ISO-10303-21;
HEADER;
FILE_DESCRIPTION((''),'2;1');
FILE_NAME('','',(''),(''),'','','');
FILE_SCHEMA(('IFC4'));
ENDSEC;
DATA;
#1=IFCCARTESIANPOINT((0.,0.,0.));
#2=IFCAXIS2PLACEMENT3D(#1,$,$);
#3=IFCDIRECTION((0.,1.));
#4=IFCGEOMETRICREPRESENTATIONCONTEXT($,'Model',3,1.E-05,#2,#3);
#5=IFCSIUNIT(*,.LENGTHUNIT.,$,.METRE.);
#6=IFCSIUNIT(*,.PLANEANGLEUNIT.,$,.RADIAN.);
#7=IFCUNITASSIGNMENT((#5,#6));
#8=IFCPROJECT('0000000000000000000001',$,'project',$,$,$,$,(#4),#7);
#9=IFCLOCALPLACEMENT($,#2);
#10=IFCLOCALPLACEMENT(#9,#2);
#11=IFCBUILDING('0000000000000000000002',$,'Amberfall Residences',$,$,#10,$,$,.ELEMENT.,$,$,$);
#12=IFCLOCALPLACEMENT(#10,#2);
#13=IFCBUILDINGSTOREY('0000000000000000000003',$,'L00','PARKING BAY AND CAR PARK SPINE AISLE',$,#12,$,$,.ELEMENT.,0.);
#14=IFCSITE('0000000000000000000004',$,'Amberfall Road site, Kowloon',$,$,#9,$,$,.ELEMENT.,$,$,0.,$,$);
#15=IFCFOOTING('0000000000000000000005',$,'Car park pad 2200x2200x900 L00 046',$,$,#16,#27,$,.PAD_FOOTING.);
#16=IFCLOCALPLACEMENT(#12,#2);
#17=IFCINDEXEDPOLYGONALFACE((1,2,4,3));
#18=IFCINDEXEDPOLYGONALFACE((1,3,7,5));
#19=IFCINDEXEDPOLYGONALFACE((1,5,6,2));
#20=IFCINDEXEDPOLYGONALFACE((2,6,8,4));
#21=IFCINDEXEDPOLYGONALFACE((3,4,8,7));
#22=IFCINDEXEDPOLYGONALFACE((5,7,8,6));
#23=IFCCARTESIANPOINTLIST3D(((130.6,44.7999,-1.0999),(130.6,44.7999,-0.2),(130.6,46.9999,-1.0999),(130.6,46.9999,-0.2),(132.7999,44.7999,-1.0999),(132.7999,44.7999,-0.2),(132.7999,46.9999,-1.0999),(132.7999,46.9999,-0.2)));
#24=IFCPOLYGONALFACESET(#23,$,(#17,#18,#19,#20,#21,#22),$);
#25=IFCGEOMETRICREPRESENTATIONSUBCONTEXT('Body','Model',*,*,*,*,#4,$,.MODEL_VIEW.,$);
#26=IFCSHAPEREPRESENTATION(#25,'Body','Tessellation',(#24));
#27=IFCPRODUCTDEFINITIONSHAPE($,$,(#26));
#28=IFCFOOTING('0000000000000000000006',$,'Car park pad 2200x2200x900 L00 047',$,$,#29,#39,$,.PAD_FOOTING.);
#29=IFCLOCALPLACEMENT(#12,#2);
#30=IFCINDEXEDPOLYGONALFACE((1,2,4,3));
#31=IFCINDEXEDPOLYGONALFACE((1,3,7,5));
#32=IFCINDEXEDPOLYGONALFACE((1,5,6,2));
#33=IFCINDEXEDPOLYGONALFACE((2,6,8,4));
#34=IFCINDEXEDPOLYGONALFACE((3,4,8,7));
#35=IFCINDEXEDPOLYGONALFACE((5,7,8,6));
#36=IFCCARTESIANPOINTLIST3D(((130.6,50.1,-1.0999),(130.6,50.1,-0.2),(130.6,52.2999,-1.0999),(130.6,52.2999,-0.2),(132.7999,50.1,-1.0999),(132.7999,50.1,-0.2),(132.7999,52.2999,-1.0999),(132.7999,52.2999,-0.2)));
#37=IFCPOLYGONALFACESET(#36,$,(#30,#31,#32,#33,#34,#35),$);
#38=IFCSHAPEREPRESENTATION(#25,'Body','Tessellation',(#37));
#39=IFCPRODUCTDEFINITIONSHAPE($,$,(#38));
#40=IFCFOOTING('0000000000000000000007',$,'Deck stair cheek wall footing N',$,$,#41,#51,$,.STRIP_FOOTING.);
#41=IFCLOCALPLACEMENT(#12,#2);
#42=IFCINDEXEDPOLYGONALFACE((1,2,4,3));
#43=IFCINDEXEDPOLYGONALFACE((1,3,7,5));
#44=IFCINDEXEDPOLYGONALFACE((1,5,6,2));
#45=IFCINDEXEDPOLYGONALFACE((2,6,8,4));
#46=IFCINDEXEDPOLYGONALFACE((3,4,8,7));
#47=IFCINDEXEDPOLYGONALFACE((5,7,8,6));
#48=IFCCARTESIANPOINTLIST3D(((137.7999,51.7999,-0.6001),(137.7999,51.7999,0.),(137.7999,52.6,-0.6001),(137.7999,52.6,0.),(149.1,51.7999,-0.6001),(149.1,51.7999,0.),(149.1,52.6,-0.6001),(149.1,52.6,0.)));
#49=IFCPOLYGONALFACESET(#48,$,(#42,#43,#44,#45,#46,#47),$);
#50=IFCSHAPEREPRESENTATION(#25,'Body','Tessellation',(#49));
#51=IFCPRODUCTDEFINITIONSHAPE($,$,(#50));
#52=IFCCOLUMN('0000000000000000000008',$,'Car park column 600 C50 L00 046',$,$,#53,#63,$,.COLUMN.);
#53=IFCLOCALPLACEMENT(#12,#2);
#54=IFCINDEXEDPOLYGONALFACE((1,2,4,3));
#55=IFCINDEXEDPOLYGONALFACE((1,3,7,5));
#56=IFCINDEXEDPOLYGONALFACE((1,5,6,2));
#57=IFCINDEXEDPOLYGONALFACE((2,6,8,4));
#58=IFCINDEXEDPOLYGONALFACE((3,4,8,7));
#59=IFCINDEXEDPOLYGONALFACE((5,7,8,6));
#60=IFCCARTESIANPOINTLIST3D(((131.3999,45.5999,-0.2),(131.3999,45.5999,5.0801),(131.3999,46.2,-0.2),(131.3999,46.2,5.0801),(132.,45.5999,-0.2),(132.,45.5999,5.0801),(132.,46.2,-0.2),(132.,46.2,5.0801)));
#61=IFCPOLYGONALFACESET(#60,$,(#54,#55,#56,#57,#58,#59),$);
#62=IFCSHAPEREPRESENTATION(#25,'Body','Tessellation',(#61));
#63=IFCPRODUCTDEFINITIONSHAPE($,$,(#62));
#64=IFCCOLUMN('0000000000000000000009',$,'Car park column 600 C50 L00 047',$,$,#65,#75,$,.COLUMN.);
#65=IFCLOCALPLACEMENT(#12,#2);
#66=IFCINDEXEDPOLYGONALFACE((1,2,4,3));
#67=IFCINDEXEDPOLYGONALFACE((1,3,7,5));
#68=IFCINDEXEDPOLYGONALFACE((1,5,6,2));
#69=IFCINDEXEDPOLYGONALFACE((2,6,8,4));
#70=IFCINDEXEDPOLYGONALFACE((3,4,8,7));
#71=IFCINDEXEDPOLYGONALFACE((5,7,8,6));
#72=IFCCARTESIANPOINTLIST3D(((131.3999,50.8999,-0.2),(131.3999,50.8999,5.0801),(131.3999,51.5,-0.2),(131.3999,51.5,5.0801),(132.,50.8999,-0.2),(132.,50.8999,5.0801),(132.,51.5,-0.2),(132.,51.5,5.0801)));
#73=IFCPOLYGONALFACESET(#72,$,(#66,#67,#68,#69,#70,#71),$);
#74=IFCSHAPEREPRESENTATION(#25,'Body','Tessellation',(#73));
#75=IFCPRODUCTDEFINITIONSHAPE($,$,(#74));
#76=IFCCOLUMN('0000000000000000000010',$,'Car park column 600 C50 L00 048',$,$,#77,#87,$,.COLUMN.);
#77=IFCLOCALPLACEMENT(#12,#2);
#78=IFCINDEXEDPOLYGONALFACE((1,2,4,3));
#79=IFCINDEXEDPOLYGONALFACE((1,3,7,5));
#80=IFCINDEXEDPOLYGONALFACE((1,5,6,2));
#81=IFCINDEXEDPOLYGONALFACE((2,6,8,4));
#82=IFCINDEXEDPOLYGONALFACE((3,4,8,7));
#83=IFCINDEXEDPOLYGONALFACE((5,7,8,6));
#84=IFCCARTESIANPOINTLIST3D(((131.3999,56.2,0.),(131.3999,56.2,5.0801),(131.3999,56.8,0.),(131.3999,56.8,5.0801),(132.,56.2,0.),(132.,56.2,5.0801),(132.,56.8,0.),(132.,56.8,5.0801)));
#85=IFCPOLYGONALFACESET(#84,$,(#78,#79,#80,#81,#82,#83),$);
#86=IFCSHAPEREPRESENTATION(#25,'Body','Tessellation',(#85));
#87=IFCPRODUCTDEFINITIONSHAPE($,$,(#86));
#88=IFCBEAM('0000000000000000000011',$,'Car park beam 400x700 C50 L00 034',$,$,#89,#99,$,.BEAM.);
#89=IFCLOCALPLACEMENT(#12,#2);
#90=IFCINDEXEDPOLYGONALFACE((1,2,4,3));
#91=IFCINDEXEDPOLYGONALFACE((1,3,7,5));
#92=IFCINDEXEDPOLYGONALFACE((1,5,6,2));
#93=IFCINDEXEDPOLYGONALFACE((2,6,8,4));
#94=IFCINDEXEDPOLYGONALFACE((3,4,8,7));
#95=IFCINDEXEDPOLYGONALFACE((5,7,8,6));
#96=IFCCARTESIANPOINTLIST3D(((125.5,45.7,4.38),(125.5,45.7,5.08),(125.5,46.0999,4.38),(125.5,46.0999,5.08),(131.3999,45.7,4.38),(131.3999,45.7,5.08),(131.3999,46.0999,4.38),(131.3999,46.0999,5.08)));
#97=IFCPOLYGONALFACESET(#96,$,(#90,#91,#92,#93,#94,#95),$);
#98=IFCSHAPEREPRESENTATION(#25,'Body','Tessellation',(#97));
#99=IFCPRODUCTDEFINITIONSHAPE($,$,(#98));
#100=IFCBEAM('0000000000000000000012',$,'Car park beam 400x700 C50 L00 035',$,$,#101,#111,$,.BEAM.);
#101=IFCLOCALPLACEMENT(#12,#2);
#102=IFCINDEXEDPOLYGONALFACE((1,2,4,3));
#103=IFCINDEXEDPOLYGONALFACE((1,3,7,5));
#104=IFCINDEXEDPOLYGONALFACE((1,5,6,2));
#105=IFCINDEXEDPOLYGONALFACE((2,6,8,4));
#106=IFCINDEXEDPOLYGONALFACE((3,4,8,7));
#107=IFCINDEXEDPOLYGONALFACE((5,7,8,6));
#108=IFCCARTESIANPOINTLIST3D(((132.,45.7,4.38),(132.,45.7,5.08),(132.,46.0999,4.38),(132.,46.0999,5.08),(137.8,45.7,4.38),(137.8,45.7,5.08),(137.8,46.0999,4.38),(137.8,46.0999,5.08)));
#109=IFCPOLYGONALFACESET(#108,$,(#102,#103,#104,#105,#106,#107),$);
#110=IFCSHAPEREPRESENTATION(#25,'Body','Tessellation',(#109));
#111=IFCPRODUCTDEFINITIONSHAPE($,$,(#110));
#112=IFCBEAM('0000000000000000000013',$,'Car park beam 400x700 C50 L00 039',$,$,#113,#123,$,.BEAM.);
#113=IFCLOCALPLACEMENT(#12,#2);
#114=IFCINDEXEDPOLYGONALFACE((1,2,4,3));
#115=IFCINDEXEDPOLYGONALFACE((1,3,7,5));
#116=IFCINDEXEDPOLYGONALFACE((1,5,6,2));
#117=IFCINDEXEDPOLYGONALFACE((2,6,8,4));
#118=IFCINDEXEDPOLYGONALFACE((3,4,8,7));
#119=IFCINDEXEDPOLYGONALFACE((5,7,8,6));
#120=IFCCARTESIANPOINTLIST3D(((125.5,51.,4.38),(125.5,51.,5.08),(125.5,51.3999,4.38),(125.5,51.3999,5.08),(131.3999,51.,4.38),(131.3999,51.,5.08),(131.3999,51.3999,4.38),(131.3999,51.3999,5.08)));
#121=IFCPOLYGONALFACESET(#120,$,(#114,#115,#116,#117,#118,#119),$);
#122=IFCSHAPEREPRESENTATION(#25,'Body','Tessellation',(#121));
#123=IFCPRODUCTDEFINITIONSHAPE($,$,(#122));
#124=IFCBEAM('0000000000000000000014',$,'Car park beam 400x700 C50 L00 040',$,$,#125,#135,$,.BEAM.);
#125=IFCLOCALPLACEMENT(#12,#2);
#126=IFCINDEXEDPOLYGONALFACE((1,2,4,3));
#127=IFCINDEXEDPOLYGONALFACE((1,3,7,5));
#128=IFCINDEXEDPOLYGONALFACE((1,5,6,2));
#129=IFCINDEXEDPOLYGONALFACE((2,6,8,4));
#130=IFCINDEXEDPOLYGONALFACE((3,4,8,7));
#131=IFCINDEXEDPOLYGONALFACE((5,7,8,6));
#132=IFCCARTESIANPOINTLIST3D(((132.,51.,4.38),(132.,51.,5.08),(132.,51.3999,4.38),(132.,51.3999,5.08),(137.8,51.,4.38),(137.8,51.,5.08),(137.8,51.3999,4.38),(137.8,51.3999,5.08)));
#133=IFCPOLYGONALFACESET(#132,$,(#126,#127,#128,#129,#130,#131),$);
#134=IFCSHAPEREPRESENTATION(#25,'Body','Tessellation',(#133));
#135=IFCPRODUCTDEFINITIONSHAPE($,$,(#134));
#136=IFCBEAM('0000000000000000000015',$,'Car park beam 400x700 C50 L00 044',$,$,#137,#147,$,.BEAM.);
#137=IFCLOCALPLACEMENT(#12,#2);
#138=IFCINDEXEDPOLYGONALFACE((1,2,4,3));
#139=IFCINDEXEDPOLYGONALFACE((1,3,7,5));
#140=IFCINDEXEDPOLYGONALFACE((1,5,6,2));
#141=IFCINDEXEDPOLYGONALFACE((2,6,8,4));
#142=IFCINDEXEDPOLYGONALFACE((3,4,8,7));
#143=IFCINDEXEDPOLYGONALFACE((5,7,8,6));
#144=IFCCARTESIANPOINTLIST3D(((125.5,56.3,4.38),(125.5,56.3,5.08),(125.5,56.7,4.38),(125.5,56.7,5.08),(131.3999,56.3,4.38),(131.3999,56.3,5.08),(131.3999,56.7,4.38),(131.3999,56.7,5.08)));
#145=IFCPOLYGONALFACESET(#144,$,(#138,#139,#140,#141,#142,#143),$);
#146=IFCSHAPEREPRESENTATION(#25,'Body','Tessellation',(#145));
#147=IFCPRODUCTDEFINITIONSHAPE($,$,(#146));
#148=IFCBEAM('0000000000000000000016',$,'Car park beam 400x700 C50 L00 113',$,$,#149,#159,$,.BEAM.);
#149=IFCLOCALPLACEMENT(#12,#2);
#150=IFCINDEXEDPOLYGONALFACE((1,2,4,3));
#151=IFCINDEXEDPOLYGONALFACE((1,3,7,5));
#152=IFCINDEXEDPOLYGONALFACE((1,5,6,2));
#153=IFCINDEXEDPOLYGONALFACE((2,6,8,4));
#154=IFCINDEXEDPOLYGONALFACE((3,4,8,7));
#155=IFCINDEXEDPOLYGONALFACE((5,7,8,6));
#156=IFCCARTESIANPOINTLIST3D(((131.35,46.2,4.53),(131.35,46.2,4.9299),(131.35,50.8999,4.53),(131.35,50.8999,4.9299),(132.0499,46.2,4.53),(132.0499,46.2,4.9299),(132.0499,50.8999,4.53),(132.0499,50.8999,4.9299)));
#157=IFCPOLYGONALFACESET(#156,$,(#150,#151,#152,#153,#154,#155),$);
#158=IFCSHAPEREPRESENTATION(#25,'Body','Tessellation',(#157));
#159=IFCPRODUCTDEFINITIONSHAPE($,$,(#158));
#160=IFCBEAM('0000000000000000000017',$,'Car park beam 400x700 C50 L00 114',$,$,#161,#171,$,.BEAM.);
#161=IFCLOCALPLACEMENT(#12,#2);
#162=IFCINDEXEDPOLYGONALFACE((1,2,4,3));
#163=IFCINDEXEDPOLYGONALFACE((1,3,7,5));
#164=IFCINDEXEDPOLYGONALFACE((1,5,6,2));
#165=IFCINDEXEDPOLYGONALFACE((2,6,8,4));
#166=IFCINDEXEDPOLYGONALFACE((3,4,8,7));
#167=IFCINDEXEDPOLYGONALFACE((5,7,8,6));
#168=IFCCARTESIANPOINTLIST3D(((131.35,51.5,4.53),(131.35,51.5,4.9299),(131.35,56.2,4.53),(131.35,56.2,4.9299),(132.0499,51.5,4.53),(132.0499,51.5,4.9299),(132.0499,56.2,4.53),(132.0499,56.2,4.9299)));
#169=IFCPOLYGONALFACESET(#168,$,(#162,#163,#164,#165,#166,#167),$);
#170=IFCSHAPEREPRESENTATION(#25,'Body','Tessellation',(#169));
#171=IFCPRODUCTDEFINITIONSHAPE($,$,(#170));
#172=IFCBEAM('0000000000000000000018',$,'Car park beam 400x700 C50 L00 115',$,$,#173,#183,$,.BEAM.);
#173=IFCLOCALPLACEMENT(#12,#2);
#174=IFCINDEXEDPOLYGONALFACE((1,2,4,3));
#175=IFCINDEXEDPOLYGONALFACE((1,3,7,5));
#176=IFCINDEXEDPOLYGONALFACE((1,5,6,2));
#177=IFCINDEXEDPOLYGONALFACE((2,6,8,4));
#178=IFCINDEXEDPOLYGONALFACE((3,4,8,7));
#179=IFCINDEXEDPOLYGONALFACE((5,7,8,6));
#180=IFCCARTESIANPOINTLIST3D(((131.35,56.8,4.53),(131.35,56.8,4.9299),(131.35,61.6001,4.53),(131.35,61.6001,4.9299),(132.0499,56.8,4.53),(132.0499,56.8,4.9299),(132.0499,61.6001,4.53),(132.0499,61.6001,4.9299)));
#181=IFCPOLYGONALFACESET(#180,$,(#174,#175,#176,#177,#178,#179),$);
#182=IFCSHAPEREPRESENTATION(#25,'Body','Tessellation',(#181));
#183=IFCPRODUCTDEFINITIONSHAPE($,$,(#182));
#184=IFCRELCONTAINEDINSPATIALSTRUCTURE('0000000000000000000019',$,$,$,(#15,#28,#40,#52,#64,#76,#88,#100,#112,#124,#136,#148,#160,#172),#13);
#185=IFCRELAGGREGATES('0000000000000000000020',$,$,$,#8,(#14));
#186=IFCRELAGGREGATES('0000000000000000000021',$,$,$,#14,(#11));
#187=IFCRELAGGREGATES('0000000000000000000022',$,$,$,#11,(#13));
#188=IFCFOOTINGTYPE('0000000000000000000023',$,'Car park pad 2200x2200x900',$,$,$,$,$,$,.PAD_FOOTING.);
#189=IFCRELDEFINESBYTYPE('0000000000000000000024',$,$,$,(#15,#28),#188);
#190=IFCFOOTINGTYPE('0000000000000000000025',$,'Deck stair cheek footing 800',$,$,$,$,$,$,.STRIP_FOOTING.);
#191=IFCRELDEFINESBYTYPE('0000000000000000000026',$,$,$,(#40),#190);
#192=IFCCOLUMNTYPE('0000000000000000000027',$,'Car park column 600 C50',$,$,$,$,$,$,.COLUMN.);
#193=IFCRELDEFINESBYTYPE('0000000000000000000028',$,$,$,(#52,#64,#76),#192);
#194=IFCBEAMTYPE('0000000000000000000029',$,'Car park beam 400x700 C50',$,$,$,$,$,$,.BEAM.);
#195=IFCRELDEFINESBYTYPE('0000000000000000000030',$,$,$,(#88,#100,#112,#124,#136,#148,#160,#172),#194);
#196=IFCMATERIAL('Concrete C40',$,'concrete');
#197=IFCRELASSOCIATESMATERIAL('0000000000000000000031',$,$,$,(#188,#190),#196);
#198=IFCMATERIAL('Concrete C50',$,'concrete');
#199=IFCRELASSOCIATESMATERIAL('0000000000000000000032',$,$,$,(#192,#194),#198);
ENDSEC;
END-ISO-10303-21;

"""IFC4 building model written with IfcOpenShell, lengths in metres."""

from ifc_helpers import new_model, si_unit, direction, frame, origin, origin_2d, place, context, subcontext, project, spatial, rectangle, extrude, material, material_profile, profile_set, type_object, element, save


model = new_model("IFC4")

# Units and contexts
model_context = context("Model", 3, precision=1e-05, world=origin(), true_north=direction((0.0, 1.0)))
body_context = subcontext(model_context, "Body", "Model", "MODEL_VIEW")
ifc_project = project(units=[si_unit("LENGTHUNIT", "METRE"), si_unit("PLANEANGLEUNIT", "RADIAN")], contexts=[model_context])

# Site, building, storey
site_placement = place(None, origin())
site = spatial("IfcSite", under=ifc_project, at=site_placement, Name="Amberfall Road site, Kowloon", CompositionType="ELEMENT", RefElevation=0.0)
building_placement = place(site_placement, origin())
building = spatial("IfcBuilding", under=site, at=building_placement, Name="Amberfall Residences", CompositionType="ELEMENT")
storey_placement = place(building_placement, origin())
storey = spatial("IfcBuildingStorey", under=building, at=storey_placement, Name="L00", Description="PARKING BAY AND CAR PARK SPINE AISLE", CompositionType="ELEMENT", Elevation=0.0)

# Footings
ifc_material_1 = material(Name="Concrete C40", Category="concrete")
footing_type_1 = type_object("IfcFootingType", Name="Car park pad 2200x2200x900", PredefinedType="PAD_FOOTING", material=ifc_material_1)
for number, where, z_axis, x_axis, name in (
    (1, (131.7, 45.8999, -1.0999), (0.0, 0.0, 1.0), (1.0, 0.0, 0.0), "Car park pad 2200x2200x900 L00 046"),
    (2, (131.7, 51.2, -1.0999), (0.0, 0.0, 1.0), (1.0, 0.0, 0.0), "Car park pad 2200x2200x900 L00 047"),
):
    element("IfcFooting", number, at=place(storey_placement, frame(where, z_axis=z_axis, x_axis=x_axis)), inside=storey, type_object=footing_type_1, Name=name, PredefinedType="PAD_FOOTING", context=body_context, shape_type="SweptSolid", body=[
        extrude(rectangle(XDim=2.2, YDim=2.2, at=origin_2d()), origin(), (0.0, 0.0, 1.0), 0.8999),
    ])
footing_type_2 = type_object("IfcFootingType", Name="Deck stair cheek footing 800", PredefinedType="STRIP_FOOTING", material=ifc_material_1)
footing_placement = place(storey_placement, frame((143.45, 52.2, -0.6001), z_axis=(0.0, 0.0, 1.0), x_axis=(1.0, 0.0, 0.0)))
element("IfcFooting", 3, at=footing_placement, inside=storey, type_object=footing_type_2, Name="Deck stair cheek wall footing N", PredefinedType="STRIP_FOOTING", context=body_context, shape_type="SweptSolid", body=[
    extrude(rectangle(XDim=11.3, YDim=0.8, at=origin_2d()), origin(), (0.0, 0.0, 1.0), 0.6001),
])

# Columns
ifc_material_2 = material(Name="Concrete C50", Category="concrete")
ifc_material_profile_1 = material_profile(ifc_material_2, rectangle(XDim=0.6001, YDim=0.6001, at=origin_2d()), Name="RC 600x600")
ifc_profile_set_1 = profile_set([ifc_material_profile_1], Name="Concrete C50")
column_type = type_object("IfcColumnType", Name="Car park column 600 C50", PredefinedType="COLUMN", material=ifc_profile_set_1)
for number, where, z_axis, x_axis, name in (
    (4, (131.7, 45.8999, -0.2), (0.0, 0.0, 1.0), (1.0, 0.0, 0.0), "Car park column 600 C50 L00 046"),
    (5, (131.7, 51.2, -0.2), (0.0, 0.0, 1.0), (1.0, 0.0, 0.0), "Car park column 600 C50 L00 047"),
):
    element("IfcColumn", number, at=place(storey_placement, frame(where, z_axis=z_axis, x_axis=x_axis)), inside=storey, type_object=column_type, Name=name, PredefinedType="COLUMN", context=body_context, shape_type="SweptSolid", body=[
        extrude(rectangle(XDim=0.6001, YDim=0.6001, at=origin_2d()), origin(), (0.0, 0.0, 1.0), 5.28),
    ])
column_placement = place(storey_placement, frame((131.7, 56.5, 0.0), z_axis=(0.0, 0.0, 1.0), x_axis=(1.0, 0.0, 0.0)))
element("IfcColumn", 6, at=column_placement, inside=storey, type_object=column_type, Name="Car park column 600 C50 L00 048", PredefinedType="COLUMN", context=body_context, shape_type="SweptSolid", body=[
    extrude(rectangle(XDim=0.6001, YDim=0.6001, at=origin_2d()), origin(), (0.0, 0.0, 1.0), 5.0801),
])

# Beams
ifc_material_profile_2 = material_profile(ifc_material_2, rectangle(XDim=0.3999, YDim=0.7, at=origin_2d()), Name="RC 400x700")
ifc_profile_set_2 = profile_set([ifc_material_profile_2], Name="Concrete C50")
beam_type = type_object("IfcBeamType", Name="Car park beam 400x700 C50", PredefinedType="BEAM", material=ifc_profile_set_2)
beam_1_placement = place(storey_placement, frame((125.5, 45.8999, 4.73), z_axis=(1.0, 0.0, 0.0), x_axis=(0.0, 1.0, 0.0)))
element("IfcBeam", 7, at=beam_1_placement, inside=storey, type_object=beam_type, Name="Car park beam 400x700 C50 L00 034", PredefinedType="BEAM", context=body_context, shape_type="SweptSolid", body=[
    extrude(rectangle(XDim=0.3999, YDim=0.7, at=origin_2d()), origin(), (0.0, 0.0, 1.0), 5.8999),
])
beam_2_placement = place(storey_placement, frame((132.0, 45.8999, 4.73), z_axis=(1.0, 0.0, 0.0), x_axis=(0.0, 1.0, 0.0)))
element("IfcBeam", 8, at=beam_2_placement, inside=storey, type_object=beam_type, Name="Car park beam 400x700 C50 L00 035", PredefinedType="BEAM", context=body_context, shape_type="SweptSolid", body=[
    extrude(rectangle(XDim=0.3999, YDim=0.7, at=origin_2d()), origin(), (0.0, 0.0, 1.0), 5.8),
])
beam_3_placement = place(storey_placement, frame((125.5, 51.2, 4.73), z_axis=(1.0, 0.0, 0.0), x_axis=(0.0, 1.0, 0.0)))
element("IfcBeam", 9, at=beam_3_placement, inside=storey, type_object=beam_type, Name="Car park beam 400x700 C50 L00 039", PredefinedType="BEAM", context=body_context, shape_type="SweptSolid", body=[
    extrude(rectangle(XDim=0.3999, YDim=0.7, at=origin_2d()), origin(), (0.0, 0.0, 1.0), 5.8999),
])
beam_4_placement = place(storey_placement, frame((132.0, 51.2, 4.73), z_axis=(1.0, 0.0, 0.0), x_axis=(0.0, 1.0, 0.0)))
element("IfcBeam", 10, at=beam_4_placement, inside=storey, type_object=beam_type, Name="Car park beam 400x700 C50 L00 040", PredefinedType="BEAM", context=body_context, shape_type="SweptSolid", body=[
    extrude(rectangle(XDim=0.3999, YDim=0.7, at=origin_2d()), origin(), (0.0, 0.0, 1.0), 5.8),
])
beam_5_placement = place(storey_placement, frame((125.5, 56.5, 4.73), z_axis=(1.0, 0.0, 0.0), x_axis=(0.0, 1.0, 0.0)))
element("IfcBeam", 11, at=beam_5_placement, inside=storey, type_object=beam_type, Name="Car park beam 400x700 C50 L00 044", PredefinedType="BEAM", context=body_context, shape_type="SweptSolid", body=[
    extrude(rectangle(XDim=0.3999, YDim=0.7, at=origin_2d()), origin(), (0.0, 0.0, 1.0), 5.8999),
])
for number, where, z_axis, x_axis, name in (
    (12, (131.7, 46.2, 4.73), (0.0, 1.0, 0.0), (0.0, 0.0, 1.0), "Car park beam 400x700 C50 L00 113"),
    (13, (131.7, 51.5, 4.73), (0.0, 1.0, 0.0), (0.0, 0.0, 1.0), "Car park beam 400x700 C50 L00 114"),
):
    element("IfcBeam", number, at=place(storey_placement, frame(where, z_axis=z_axis, x_axis=x_axis)), inside=storey, type_object=beam_type, Name=name, PredefinedType="BEAM", context=body_context, shape_type="SweptSolid", body=[
        extrude(rectangle(XDim=0.3999, YDim=0.7, at=origin_2d()), origin(), (0.0, 0.0, 1.0), 4.7),
    ])
beam_6_placement = place(storey_placement, frame((131.7, 56.8, 4.73), z_axis=(0.0, 1.0, 0.0), x_axis=(0.0, 0.0, 1.0)))
element("IfcBeam", 14, at=beam_6_placement, inside=storey, type_object=beam_type, Name="Car park beam 400x700 C50 L00 115", PredefinedType="BEAM", context=body_context, shape_type="SweptSolid", body=[
    extrude(rectangle(XDim=0.3999, YDim=0.7, at=origin_2d()), origin(), (0.0, 0.0, 1.0), 4.8),
])

save(model, "model.ifc")
